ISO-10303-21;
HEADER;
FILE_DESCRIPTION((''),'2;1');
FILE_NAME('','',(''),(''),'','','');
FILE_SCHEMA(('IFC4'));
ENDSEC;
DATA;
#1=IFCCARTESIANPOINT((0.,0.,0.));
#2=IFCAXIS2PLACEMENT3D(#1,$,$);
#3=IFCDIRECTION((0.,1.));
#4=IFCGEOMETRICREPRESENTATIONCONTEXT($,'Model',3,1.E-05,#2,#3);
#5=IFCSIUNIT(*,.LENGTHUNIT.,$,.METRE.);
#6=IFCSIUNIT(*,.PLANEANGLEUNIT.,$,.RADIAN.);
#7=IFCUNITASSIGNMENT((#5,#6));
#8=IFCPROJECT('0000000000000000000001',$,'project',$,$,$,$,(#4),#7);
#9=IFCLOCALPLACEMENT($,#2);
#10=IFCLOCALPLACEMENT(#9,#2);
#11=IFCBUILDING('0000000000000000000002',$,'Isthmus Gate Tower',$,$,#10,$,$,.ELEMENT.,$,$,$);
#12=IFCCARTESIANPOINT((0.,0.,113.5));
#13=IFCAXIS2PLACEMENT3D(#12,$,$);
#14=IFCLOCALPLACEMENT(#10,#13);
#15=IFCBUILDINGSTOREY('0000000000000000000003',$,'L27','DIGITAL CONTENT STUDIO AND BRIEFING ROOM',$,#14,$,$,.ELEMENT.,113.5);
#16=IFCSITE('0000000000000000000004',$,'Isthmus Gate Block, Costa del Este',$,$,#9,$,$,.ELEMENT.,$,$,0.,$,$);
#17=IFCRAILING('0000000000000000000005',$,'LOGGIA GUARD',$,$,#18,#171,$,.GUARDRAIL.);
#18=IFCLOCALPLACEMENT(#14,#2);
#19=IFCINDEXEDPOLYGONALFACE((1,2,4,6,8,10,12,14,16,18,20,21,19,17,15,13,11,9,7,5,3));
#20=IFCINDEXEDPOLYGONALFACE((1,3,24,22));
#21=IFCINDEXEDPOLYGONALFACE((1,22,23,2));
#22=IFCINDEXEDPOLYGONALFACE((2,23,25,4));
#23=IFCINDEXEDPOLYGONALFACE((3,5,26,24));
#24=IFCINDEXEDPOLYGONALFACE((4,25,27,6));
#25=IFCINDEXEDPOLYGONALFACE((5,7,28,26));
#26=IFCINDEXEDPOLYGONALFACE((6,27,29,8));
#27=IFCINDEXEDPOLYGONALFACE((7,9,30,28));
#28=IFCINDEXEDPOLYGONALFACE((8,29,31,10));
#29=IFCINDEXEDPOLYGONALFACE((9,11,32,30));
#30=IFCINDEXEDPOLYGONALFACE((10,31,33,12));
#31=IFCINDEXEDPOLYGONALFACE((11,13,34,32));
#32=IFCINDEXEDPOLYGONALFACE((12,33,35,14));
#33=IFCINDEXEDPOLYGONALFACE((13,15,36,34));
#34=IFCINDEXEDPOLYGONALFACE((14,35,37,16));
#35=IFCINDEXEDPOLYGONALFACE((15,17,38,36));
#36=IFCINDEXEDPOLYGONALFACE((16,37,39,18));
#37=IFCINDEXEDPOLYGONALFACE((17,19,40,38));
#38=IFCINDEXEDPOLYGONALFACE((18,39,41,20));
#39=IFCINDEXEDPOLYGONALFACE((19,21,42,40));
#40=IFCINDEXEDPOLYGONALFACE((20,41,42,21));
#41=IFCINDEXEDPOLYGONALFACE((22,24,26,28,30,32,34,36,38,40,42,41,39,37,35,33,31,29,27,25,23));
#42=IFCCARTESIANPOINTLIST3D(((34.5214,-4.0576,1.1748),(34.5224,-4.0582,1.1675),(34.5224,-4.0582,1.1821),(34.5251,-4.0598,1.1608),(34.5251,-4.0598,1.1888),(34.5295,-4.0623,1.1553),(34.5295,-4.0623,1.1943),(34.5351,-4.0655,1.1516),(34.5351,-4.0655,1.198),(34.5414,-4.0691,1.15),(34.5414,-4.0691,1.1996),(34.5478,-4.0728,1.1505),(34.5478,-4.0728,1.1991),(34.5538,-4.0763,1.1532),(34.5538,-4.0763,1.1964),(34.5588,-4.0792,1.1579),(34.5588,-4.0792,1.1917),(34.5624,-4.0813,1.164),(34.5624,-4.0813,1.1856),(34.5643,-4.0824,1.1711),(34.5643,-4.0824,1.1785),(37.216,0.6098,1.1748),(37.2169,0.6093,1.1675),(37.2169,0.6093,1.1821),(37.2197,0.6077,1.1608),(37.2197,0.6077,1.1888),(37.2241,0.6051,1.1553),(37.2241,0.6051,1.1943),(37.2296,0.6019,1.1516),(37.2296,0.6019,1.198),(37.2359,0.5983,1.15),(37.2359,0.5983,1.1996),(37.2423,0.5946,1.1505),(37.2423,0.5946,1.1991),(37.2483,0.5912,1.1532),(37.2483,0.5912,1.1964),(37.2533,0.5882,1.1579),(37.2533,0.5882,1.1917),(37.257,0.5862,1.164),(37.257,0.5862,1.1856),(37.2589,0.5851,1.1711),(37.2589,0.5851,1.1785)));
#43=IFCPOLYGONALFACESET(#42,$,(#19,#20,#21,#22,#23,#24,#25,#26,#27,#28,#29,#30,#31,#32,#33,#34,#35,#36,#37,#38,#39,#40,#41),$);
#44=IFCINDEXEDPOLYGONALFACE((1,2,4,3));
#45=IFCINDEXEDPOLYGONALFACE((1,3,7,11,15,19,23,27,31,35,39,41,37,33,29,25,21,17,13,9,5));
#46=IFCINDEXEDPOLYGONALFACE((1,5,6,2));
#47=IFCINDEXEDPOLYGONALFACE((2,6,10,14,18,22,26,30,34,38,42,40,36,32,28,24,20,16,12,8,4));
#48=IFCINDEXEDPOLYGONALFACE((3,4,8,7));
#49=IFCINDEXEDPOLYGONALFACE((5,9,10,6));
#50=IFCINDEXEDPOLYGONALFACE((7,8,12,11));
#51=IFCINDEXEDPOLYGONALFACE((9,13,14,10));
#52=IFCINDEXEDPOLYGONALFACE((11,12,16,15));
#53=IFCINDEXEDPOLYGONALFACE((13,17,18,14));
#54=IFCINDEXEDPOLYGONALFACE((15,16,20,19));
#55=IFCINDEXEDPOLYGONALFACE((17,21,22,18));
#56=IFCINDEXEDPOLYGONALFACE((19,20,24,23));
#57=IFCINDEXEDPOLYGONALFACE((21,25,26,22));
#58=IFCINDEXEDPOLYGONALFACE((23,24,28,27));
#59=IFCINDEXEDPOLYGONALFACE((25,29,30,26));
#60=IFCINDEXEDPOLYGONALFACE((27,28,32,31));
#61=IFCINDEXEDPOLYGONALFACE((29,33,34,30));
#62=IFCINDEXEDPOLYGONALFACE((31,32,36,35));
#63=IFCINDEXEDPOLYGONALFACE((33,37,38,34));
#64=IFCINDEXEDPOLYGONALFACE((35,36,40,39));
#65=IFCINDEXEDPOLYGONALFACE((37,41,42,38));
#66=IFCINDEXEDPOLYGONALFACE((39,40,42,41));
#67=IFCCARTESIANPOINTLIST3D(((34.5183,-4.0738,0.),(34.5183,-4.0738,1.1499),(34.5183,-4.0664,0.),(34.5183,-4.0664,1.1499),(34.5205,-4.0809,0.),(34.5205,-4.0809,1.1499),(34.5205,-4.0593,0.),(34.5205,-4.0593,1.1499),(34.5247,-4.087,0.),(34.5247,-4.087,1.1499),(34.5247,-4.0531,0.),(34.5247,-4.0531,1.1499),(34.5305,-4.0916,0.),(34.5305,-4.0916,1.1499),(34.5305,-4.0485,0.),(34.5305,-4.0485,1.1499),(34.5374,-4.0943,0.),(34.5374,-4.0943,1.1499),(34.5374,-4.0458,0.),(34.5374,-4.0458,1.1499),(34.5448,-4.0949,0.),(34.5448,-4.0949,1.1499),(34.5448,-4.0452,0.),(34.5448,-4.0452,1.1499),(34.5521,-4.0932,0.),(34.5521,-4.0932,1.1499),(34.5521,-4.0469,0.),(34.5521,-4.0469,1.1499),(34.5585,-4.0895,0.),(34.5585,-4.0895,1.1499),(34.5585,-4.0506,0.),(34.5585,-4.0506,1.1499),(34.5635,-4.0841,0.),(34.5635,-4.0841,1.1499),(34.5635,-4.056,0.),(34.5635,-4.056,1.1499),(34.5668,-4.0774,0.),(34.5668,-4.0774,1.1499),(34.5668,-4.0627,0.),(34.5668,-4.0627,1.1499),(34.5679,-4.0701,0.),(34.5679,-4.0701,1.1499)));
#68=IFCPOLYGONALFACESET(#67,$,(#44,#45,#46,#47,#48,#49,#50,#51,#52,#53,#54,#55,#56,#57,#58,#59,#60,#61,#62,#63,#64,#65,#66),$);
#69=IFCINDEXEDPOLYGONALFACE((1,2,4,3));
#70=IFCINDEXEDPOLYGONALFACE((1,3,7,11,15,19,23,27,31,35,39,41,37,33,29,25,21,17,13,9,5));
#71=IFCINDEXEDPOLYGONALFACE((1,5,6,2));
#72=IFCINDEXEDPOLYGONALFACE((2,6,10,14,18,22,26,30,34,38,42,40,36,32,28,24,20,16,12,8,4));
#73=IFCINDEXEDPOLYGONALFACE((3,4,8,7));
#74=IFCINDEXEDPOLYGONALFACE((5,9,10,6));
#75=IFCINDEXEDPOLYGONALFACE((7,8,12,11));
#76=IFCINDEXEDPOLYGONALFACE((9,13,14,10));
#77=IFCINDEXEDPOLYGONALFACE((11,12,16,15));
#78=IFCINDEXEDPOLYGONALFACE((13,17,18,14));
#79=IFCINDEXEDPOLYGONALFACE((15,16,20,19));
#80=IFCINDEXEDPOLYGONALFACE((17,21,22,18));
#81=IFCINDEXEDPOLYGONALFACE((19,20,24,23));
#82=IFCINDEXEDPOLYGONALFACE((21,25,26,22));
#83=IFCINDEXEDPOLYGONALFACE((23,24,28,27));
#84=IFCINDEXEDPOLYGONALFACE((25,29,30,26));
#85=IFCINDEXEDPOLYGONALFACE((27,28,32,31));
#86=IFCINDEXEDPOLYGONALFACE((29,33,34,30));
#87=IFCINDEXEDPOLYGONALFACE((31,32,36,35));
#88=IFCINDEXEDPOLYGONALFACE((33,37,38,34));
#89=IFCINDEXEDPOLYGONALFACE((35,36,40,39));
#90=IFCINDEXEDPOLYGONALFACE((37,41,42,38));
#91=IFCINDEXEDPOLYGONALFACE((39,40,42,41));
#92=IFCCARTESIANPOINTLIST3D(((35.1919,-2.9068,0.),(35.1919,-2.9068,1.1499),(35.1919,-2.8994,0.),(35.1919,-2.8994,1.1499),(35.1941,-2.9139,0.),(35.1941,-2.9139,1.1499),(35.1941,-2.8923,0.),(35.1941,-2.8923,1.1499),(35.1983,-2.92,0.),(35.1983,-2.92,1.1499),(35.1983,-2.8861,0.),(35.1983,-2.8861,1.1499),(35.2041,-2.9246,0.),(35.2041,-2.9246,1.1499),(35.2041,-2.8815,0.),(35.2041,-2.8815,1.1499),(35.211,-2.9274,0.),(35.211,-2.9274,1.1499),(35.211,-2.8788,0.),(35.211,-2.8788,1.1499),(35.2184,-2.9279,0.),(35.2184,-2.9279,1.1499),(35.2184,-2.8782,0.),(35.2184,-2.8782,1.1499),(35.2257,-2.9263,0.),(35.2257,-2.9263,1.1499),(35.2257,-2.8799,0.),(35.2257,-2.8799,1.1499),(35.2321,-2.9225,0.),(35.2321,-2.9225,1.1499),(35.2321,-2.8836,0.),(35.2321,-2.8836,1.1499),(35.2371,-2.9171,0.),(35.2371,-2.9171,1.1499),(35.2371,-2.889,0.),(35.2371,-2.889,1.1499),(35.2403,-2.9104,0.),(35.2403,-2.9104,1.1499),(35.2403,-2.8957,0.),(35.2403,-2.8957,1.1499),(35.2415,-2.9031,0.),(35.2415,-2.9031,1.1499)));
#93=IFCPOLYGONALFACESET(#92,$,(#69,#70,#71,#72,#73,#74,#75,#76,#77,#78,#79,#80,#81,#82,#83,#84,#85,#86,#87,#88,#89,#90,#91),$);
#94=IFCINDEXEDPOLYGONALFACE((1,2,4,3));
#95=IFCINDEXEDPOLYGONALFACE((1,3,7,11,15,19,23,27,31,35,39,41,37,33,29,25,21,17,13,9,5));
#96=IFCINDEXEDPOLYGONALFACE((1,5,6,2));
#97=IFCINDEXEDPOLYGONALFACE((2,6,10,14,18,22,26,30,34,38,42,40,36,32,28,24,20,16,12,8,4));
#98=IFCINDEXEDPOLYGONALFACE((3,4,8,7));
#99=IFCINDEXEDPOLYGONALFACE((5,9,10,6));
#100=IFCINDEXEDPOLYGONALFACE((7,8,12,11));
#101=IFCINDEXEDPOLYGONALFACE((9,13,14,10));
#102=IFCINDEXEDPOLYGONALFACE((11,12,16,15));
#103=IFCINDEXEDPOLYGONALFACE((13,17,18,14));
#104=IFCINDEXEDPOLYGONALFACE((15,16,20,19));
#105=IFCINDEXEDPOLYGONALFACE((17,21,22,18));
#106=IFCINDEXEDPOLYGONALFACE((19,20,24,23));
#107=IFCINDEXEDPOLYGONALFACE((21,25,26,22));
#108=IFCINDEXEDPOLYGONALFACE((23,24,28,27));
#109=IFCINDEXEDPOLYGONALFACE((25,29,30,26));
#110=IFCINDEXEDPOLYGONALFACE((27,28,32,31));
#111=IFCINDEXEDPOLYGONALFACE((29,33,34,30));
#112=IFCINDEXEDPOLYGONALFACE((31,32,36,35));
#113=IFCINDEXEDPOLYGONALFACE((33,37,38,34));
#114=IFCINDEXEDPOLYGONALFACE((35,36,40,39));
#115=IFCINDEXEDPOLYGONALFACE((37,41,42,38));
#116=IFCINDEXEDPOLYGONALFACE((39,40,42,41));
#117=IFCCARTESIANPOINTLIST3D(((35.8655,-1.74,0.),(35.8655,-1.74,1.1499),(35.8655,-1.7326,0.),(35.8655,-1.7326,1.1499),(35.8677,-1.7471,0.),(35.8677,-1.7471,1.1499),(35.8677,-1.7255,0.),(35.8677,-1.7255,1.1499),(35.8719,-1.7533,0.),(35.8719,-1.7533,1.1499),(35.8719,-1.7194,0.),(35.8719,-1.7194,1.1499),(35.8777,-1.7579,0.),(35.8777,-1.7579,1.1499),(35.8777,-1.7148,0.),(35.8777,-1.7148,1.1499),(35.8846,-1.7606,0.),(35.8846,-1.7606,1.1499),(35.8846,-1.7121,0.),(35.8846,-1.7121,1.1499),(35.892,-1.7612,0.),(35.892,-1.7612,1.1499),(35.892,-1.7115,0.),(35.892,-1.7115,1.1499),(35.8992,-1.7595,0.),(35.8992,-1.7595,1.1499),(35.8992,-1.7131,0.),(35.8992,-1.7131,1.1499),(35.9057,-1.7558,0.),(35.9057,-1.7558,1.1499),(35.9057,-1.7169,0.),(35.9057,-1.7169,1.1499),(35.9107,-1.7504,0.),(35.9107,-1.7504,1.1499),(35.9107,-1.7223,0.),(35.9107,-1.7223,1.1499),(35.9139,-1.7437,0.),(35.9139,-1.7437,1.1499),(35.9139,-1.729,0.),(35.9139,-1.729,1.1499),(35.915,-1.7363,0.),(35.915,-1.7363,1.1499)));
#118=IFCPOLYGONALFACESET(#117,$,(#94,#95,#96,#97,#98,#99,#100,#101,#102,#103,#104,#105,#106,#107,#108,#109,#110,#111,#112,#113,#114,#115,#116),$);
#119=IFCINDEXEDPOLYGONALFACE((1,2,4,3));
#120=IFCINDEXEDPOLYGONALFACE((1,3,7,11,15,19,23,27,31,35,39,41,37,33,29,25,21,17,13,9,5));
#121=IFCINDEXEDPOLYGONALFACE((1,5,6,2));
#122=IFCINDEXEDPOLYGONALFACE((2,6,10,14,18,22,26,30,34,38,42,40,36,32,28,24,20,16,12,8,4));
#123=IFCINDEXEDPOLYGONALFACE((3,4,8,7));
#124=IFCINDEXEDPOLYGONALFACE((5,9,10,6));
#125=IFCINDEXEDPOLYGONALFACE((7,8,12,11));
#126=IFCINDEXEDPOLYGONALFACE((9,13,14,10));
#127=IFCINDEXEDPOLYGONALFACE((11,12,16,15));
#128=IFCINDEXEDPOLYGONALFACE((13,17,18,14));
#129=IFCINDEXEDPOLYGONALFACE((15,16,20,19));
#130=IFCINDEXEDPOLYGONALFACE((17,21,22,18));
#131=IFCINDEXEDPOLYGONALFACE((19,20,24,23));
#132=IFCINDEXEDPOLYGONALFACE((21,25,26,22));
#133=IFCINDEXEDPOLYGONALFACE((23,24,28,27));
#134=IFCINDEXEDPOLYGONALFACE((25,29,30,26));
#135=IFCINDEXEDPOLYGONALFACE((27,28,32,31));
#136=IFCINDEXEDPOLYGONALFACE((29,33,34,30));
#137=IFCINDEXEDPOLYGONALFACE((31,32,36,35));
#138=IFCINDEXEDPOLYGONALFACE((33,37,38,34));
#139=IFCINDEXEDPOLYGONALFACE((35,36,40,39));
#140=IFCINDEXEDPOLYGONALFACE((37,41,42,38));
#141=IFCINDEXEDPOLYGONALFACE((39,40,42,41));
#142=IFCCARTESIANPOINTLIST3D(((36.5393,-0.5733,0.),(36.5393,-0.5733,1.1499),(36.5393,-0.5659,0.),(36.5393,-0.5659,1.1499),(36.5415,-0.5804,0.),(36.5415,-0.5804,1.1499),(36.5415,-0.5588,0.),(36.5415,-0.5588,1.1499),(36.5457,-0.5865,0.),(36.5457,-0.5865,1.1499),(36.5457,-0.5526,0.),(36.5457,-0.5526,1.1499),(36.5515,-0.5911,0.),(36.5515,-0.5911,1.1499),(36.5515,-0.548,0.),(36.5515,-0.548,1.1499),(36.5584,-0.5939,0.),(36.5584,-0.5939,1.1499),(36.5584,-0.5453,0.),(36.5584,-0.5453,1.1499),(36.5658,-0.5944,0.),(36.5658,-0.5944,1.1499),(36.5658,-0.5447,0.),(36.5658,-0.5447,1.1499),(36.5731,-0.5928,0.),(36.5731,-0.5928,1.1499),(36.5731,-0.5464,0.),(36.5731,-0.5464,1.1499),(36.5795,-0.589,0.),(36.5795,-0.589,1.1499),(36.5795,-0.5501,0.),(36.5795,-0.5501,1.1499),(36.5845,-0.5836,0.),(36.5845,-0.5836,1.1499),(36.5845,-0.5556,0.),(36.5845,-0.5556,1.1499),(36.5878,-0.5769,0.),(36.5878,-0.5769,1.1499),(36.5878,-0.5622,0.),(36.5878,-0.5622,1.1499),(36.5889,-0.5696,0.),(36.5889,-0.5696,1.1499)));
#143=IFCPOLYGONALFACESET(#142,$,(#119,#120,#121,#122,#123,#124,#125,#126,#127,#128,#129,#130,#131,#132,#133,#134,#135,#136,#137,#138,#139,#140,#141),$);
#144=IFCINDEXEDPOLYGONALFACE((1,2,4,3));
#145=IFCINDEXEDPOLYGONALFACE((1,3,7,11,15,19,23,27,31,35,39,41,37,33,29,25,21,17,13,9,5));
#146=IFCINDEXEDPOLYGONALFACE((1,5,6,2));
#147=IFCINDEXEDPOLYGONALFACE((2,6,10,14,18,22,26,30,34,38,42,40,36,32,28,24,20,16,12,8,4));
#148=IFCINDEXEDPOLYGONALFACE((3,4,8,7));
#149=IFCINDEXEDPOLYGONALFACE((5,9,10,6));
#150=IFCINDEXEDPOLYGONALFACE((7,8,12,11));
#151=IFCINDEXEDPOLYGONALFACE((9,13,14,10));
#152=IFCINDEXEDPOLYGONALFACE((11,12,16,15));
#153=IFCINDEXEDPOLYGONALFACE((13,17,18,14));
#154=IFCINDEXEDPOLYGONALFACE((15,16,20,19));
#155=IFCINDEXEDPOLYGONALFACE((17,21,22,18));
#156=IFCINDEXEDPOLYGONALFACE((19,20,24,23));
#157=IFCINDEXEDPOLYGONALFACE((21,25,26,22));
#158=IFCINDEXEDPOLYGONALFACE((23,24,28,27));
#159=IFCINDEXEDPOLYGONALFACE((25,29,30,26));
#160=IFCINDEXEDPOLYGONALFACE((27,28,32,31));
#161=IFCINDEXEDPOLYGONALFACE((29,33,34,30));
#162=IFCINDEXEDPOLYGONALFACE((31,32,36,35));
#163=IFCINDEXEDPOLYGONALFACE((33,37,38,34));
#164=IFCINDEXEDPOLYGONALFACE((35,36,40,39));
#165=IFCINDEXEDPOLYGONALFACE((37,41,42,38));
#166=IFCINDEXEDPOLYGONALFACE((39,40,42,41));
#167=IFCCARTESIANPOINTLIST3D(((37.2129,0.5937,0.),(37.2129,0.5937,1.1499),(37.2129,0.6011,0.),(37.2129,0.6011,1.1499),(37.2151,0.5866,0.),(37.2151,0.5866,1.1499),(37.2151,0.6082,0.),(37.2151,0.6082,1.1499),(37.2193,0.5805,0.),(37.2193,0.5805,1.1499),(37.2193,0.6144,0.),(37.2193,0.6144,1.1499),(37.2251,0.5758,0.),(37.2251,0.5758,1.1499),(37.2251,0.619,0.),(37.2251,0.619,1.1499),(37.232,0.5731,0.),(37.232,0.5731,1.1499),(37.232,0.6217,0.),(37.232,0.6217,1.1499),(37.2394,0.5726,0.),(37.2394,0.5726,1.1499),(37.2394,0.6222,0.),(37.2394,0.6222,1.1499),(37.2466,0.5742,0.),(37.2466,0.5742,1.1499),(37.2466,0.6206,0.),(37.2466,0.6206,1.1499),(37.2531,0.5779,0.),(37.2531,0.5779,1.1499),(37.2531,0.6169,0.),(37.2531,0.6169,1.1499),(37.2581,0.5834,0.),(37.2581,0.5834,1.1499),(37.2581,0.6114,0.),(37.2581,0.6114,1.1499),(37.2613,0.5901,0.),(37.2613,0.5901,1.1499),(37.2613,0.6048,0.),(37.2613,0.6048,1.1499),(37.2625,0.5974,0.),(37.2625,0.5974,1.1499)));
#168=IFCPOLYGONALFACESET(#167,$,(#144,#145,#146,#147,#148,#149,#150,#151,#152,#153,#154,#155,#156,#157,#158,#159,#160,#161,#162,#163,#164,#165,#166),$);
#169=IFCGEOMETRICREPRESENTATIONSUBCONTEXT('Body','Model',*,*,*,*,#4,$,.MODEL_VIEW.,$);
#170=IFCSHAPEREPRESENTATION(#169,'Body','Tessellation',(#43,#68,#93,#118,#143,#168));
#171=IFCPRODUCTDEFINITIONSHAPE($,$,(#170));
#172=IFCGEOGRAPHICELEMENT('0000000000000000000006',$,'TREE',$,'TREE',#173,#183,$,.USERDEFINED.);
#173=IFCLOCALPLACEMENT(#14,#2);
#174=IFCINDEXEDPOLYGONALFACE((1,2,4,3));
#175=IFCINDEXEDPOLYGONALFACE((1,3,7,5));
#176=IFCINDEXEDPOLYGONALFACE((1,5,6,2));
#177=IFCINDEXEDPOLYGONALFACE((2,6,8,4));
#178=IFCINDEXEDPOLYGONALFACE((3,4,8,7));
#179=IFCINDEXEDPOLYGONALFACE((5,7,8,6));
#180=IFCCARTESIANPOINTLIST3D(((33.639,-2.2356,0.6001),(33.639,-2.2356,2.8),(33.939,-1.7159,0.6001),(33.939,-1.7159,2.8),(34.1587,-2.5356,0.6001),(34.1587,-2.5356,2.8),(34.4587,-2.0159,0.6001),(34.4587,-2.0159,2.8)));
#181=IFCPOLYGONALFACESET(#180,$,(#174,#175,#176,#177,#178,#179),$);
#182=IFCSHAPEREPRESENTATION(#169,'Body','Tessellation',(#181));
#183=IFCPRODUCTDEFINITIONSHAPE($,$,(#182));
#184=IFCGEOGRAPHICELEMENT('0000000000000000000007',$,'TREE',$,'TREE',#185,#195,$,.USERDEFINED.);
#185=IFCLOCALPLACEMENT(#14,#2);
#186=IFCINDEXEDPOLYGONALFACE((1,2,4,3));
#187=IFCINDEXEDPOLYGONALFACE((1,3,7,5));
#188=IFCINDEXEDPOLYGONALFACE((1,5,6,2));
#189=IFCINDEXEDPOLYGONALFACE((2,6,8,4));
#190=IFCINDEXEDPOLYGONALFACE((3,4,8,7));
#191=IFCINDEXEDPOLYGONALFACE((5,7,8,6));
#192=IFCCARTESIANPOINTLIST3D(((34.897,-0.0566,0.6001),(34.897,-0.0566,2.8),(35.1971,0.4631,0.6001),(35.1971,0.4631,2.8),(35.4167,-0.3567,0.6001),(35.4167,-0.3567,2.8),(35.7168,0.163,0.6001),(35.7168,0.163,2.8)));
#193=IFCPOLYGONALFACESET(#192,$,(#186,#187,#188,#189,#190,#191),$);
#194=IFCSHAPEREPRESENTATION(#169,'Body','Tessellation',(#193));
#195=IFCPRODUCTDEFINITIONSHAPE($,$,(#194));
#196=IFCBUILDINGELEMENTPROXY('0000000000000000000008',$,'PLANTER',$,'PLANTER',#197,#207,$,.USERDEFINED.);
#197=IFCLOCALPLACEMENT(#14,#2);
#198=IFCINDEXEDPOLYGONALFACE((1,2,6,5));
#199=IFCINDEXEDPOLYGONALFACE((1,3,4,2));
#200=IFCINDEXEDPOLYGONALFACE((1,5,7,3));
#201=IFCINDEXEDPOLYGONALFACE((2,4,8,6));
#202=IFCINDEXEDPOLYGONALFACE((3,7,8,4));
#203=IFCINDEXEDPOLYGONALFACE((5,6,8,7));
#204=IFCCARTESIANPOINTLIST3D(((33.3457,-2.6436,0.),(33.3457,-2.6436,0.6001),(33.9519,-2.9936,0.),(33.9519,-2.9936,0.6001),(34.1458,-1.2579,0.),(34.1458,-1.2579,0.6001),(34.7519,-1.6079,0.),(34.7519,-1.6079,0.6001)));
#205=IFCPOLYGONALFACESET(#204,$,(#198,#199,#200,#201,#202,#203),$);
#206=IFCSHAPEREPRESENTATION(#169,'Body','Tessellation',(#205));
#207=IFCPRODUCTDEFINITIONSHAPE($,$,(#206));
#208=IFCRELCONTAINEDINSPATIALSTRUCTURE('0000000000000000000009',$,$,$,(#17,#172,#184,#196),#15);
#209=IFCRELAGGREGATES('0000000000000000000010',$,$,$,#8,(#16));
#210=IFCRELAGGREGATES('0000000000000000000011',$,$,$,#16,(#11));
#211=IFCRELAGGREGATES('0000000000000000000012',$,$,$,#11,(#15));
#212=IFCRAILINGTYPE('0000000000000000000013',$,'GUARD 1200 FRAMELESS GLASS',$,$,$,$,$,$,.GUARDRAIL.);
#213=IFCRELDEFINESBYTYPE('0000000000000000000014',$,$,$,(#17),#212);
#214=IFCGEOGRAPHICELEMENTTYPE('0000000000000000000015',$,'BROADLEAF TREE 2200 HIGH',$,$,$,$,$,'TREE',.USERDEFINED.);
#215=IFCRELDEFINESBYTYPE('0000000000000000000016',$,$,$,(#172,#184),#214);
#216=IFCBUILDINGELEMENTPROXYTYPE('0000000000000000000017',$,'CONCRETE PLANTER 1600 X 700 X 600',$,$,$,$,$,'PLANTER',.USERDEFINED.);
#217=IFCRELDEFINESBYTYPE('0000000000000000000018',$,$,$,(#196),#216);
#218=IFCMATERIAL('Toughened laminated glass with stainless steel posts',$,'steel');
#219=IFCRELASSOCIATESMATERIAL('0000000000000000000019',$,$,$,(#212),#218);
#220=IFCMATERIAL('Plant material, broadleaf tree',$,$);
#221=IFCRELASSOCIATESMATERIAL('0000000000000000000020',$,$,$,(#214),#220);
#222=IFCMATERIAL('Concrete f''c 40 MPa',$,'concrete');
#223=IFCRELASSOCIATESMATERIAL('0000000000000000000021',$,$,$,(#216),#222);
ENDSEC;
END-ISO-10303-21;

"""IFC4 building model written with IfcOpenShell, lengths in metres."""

from ifc_helpers import new_model, si_unit, direction, frame, origin, origin_2d, place, context, subcontext, project, spatial, rectangle, circle, extrude, material, type_object, element, save


model = new_model("IFC4")

# Units and contexts
model_context = context("Model", 3, precision=1e-05, world=origin(), true_north=direction((0.0, 1.0)))
body_context = subcontext(model_context, "Body", "Model", "MODEL_VIEW")
ifc_project = project(units=[si_unit("LENGTHUNIT", "METRE"), si_unit("PLANEANGLEUNIT", "RADIAN")], contexts=[model_context])

# Site, building, storey
site_placement = place(None, origin())
site = spatial("IfcSite", under=ifc_project, at=site_placement, Name="Isthmus Gate Block, Costa del Este", CompositionType="ELEMENT", RefElevation=0.0)
building_placement = place(site_placement, origin())
building = spatial("IfcBuilding", under=site, at=building_placement, Name="Isthmus Gate Tower", CompositionType="ELEMENT")
storey_placement = place(building_placement, frame((0.0, 0.0, 113.5)))
storey = spatial("IfcBuildingStorey", under=building, at=storey_placement, Name="L27", Description="DIGITAL CONTENT STUDIO AND BRIEFING ROOM", CompositionType="ELEMENT", Elevation=113.5)

# Railing
ifc_material_1 = material(Name="Toughened laminated glass with stainless steel posts", Category="steel")
railing_type = type_object("IfcRailingType", Name="GUARD 1200 FRAMELESS GLASS", PredefinedType="GUARDRAIL", material=ifc_material_1)
railing_placement = place(storey_placement, frame((34.543, -4.0701, 0.0)))
element("IfcRailing", 1, at=railing_placement, inside=storey, type_object=railing_type, Name="LOGGIA GUARD", PredefinedType="GUARDRAIL", context=body_context, shape_type="SweptSolid", body=[
    extrude(circle(Radius=0.0249, at=origin_2d()), frame((0.0, 0.0, 1.1748), z_axis=(0.499973, 0.866041, 0.0), x_axis=(-0.866041, 0.499973, 0.0)), (0.0, 0.0, 1.0), 5.3894),
    extrude(circle(Radius=0.0249, at=origin_2d()), origin(), (0.0, 0.0, 1.0), 1.1499),
    extrude(circle(Radius=0.0249, at=origin_2d()), frame((0.6736, 1.167, 0.0)), (0.0, 0.0, 1.0), 1.1499),
    extrude(circle(Radius=0.0249, at=origin_2d()), frame((1.3472, 2.3337, 0.0)), (0.0, 0.0, 1.0), 1.1499),
    extrude(circle(Radius=0.0249, at=origin_2d()), frame((2.021, 3.5005, 0.0)), (0.0, 0.0, 1.0), 1.1499),
    extrude(circle(Radius=0.0249, at=origin_2d()), frame((2.6946, 4.6675, 0.0)), (0.0, 0.0, 1.0), 1.1499),
])

# Geographic elements
ifc_material_2 = material(Name="Plant material, broadleaf tree")
geographic_element_type = type_object("IfcGeographicElementType", Name="BROADLEAF TREE 2200 HIGH", ElementType="TREE", PredefinedType="USERDEFINED", material=ifc_material_2)
for number, where, z_axis, x_axis, name in (
    (2, (34.0488, -2.1257, 0.6001), (0.0, 0.0, 1.0), (0.5, 0.866025, 0.0), "TREE"),
    (3, (35.3069, 0.0532, 0.6001), (0.0, 0.0, 1.0), (0.5, 0.866025, 0.0), "TREE"),
):
    element("IfcGeographicElement", number, at=place(storey_placement, frame(where, z_axis=z_axis, x_axis=x_axis)), inside=storey, type_object=geographic_element_type, Name=name, ObjectType="TREE", PredefinedType="USERDEFINED", context=body_context, shape_type="SweptSolid", body=[
        extrude(rectangle(XDim=0.6001, YDim=0.6001, at=origin_2d()), origin(), (0.0, 0.0, 1.0), 2.2),
    ])

# Building element proxy
ifc_material_3 = material(Name="Concrete f'c 40 MPa", Category="concrete")
building_element_proxy_type = type_object("IfcBuildingElementProxyType", Name="CONCRETE PLANTER 1600 X 700 X 600", ElementType="PLANTER", PredefinedType="USERDEFINED", material=ifc_material_3)
for number, where, z_axis, x_axis, name in (
    (4, (34.0488, -2.1257, 0.0), (0.0, 0.0, 1.0), (0.5, 0.866025, 0.0), "PLANTER"),
):
    element("IfcBuildingElementProxy", number, at=place(storey_placement, frame(where, z_axis=z_axis, x_axis=x_axis)), inside=storey, type_object=building_element_proxy_type, Name=name, ObjectType="PLANTER", PredefinedType="USERDEFINED", context=body_context, shape_type="SweptSolid", body=[
        extrude(rectangle(XDim=1.6001, YDim=0.7, at=origin_2d()), origin(), (0.0, 0.0, 1.0), 0.6001),
    ])

save(model, "model.ifc")
